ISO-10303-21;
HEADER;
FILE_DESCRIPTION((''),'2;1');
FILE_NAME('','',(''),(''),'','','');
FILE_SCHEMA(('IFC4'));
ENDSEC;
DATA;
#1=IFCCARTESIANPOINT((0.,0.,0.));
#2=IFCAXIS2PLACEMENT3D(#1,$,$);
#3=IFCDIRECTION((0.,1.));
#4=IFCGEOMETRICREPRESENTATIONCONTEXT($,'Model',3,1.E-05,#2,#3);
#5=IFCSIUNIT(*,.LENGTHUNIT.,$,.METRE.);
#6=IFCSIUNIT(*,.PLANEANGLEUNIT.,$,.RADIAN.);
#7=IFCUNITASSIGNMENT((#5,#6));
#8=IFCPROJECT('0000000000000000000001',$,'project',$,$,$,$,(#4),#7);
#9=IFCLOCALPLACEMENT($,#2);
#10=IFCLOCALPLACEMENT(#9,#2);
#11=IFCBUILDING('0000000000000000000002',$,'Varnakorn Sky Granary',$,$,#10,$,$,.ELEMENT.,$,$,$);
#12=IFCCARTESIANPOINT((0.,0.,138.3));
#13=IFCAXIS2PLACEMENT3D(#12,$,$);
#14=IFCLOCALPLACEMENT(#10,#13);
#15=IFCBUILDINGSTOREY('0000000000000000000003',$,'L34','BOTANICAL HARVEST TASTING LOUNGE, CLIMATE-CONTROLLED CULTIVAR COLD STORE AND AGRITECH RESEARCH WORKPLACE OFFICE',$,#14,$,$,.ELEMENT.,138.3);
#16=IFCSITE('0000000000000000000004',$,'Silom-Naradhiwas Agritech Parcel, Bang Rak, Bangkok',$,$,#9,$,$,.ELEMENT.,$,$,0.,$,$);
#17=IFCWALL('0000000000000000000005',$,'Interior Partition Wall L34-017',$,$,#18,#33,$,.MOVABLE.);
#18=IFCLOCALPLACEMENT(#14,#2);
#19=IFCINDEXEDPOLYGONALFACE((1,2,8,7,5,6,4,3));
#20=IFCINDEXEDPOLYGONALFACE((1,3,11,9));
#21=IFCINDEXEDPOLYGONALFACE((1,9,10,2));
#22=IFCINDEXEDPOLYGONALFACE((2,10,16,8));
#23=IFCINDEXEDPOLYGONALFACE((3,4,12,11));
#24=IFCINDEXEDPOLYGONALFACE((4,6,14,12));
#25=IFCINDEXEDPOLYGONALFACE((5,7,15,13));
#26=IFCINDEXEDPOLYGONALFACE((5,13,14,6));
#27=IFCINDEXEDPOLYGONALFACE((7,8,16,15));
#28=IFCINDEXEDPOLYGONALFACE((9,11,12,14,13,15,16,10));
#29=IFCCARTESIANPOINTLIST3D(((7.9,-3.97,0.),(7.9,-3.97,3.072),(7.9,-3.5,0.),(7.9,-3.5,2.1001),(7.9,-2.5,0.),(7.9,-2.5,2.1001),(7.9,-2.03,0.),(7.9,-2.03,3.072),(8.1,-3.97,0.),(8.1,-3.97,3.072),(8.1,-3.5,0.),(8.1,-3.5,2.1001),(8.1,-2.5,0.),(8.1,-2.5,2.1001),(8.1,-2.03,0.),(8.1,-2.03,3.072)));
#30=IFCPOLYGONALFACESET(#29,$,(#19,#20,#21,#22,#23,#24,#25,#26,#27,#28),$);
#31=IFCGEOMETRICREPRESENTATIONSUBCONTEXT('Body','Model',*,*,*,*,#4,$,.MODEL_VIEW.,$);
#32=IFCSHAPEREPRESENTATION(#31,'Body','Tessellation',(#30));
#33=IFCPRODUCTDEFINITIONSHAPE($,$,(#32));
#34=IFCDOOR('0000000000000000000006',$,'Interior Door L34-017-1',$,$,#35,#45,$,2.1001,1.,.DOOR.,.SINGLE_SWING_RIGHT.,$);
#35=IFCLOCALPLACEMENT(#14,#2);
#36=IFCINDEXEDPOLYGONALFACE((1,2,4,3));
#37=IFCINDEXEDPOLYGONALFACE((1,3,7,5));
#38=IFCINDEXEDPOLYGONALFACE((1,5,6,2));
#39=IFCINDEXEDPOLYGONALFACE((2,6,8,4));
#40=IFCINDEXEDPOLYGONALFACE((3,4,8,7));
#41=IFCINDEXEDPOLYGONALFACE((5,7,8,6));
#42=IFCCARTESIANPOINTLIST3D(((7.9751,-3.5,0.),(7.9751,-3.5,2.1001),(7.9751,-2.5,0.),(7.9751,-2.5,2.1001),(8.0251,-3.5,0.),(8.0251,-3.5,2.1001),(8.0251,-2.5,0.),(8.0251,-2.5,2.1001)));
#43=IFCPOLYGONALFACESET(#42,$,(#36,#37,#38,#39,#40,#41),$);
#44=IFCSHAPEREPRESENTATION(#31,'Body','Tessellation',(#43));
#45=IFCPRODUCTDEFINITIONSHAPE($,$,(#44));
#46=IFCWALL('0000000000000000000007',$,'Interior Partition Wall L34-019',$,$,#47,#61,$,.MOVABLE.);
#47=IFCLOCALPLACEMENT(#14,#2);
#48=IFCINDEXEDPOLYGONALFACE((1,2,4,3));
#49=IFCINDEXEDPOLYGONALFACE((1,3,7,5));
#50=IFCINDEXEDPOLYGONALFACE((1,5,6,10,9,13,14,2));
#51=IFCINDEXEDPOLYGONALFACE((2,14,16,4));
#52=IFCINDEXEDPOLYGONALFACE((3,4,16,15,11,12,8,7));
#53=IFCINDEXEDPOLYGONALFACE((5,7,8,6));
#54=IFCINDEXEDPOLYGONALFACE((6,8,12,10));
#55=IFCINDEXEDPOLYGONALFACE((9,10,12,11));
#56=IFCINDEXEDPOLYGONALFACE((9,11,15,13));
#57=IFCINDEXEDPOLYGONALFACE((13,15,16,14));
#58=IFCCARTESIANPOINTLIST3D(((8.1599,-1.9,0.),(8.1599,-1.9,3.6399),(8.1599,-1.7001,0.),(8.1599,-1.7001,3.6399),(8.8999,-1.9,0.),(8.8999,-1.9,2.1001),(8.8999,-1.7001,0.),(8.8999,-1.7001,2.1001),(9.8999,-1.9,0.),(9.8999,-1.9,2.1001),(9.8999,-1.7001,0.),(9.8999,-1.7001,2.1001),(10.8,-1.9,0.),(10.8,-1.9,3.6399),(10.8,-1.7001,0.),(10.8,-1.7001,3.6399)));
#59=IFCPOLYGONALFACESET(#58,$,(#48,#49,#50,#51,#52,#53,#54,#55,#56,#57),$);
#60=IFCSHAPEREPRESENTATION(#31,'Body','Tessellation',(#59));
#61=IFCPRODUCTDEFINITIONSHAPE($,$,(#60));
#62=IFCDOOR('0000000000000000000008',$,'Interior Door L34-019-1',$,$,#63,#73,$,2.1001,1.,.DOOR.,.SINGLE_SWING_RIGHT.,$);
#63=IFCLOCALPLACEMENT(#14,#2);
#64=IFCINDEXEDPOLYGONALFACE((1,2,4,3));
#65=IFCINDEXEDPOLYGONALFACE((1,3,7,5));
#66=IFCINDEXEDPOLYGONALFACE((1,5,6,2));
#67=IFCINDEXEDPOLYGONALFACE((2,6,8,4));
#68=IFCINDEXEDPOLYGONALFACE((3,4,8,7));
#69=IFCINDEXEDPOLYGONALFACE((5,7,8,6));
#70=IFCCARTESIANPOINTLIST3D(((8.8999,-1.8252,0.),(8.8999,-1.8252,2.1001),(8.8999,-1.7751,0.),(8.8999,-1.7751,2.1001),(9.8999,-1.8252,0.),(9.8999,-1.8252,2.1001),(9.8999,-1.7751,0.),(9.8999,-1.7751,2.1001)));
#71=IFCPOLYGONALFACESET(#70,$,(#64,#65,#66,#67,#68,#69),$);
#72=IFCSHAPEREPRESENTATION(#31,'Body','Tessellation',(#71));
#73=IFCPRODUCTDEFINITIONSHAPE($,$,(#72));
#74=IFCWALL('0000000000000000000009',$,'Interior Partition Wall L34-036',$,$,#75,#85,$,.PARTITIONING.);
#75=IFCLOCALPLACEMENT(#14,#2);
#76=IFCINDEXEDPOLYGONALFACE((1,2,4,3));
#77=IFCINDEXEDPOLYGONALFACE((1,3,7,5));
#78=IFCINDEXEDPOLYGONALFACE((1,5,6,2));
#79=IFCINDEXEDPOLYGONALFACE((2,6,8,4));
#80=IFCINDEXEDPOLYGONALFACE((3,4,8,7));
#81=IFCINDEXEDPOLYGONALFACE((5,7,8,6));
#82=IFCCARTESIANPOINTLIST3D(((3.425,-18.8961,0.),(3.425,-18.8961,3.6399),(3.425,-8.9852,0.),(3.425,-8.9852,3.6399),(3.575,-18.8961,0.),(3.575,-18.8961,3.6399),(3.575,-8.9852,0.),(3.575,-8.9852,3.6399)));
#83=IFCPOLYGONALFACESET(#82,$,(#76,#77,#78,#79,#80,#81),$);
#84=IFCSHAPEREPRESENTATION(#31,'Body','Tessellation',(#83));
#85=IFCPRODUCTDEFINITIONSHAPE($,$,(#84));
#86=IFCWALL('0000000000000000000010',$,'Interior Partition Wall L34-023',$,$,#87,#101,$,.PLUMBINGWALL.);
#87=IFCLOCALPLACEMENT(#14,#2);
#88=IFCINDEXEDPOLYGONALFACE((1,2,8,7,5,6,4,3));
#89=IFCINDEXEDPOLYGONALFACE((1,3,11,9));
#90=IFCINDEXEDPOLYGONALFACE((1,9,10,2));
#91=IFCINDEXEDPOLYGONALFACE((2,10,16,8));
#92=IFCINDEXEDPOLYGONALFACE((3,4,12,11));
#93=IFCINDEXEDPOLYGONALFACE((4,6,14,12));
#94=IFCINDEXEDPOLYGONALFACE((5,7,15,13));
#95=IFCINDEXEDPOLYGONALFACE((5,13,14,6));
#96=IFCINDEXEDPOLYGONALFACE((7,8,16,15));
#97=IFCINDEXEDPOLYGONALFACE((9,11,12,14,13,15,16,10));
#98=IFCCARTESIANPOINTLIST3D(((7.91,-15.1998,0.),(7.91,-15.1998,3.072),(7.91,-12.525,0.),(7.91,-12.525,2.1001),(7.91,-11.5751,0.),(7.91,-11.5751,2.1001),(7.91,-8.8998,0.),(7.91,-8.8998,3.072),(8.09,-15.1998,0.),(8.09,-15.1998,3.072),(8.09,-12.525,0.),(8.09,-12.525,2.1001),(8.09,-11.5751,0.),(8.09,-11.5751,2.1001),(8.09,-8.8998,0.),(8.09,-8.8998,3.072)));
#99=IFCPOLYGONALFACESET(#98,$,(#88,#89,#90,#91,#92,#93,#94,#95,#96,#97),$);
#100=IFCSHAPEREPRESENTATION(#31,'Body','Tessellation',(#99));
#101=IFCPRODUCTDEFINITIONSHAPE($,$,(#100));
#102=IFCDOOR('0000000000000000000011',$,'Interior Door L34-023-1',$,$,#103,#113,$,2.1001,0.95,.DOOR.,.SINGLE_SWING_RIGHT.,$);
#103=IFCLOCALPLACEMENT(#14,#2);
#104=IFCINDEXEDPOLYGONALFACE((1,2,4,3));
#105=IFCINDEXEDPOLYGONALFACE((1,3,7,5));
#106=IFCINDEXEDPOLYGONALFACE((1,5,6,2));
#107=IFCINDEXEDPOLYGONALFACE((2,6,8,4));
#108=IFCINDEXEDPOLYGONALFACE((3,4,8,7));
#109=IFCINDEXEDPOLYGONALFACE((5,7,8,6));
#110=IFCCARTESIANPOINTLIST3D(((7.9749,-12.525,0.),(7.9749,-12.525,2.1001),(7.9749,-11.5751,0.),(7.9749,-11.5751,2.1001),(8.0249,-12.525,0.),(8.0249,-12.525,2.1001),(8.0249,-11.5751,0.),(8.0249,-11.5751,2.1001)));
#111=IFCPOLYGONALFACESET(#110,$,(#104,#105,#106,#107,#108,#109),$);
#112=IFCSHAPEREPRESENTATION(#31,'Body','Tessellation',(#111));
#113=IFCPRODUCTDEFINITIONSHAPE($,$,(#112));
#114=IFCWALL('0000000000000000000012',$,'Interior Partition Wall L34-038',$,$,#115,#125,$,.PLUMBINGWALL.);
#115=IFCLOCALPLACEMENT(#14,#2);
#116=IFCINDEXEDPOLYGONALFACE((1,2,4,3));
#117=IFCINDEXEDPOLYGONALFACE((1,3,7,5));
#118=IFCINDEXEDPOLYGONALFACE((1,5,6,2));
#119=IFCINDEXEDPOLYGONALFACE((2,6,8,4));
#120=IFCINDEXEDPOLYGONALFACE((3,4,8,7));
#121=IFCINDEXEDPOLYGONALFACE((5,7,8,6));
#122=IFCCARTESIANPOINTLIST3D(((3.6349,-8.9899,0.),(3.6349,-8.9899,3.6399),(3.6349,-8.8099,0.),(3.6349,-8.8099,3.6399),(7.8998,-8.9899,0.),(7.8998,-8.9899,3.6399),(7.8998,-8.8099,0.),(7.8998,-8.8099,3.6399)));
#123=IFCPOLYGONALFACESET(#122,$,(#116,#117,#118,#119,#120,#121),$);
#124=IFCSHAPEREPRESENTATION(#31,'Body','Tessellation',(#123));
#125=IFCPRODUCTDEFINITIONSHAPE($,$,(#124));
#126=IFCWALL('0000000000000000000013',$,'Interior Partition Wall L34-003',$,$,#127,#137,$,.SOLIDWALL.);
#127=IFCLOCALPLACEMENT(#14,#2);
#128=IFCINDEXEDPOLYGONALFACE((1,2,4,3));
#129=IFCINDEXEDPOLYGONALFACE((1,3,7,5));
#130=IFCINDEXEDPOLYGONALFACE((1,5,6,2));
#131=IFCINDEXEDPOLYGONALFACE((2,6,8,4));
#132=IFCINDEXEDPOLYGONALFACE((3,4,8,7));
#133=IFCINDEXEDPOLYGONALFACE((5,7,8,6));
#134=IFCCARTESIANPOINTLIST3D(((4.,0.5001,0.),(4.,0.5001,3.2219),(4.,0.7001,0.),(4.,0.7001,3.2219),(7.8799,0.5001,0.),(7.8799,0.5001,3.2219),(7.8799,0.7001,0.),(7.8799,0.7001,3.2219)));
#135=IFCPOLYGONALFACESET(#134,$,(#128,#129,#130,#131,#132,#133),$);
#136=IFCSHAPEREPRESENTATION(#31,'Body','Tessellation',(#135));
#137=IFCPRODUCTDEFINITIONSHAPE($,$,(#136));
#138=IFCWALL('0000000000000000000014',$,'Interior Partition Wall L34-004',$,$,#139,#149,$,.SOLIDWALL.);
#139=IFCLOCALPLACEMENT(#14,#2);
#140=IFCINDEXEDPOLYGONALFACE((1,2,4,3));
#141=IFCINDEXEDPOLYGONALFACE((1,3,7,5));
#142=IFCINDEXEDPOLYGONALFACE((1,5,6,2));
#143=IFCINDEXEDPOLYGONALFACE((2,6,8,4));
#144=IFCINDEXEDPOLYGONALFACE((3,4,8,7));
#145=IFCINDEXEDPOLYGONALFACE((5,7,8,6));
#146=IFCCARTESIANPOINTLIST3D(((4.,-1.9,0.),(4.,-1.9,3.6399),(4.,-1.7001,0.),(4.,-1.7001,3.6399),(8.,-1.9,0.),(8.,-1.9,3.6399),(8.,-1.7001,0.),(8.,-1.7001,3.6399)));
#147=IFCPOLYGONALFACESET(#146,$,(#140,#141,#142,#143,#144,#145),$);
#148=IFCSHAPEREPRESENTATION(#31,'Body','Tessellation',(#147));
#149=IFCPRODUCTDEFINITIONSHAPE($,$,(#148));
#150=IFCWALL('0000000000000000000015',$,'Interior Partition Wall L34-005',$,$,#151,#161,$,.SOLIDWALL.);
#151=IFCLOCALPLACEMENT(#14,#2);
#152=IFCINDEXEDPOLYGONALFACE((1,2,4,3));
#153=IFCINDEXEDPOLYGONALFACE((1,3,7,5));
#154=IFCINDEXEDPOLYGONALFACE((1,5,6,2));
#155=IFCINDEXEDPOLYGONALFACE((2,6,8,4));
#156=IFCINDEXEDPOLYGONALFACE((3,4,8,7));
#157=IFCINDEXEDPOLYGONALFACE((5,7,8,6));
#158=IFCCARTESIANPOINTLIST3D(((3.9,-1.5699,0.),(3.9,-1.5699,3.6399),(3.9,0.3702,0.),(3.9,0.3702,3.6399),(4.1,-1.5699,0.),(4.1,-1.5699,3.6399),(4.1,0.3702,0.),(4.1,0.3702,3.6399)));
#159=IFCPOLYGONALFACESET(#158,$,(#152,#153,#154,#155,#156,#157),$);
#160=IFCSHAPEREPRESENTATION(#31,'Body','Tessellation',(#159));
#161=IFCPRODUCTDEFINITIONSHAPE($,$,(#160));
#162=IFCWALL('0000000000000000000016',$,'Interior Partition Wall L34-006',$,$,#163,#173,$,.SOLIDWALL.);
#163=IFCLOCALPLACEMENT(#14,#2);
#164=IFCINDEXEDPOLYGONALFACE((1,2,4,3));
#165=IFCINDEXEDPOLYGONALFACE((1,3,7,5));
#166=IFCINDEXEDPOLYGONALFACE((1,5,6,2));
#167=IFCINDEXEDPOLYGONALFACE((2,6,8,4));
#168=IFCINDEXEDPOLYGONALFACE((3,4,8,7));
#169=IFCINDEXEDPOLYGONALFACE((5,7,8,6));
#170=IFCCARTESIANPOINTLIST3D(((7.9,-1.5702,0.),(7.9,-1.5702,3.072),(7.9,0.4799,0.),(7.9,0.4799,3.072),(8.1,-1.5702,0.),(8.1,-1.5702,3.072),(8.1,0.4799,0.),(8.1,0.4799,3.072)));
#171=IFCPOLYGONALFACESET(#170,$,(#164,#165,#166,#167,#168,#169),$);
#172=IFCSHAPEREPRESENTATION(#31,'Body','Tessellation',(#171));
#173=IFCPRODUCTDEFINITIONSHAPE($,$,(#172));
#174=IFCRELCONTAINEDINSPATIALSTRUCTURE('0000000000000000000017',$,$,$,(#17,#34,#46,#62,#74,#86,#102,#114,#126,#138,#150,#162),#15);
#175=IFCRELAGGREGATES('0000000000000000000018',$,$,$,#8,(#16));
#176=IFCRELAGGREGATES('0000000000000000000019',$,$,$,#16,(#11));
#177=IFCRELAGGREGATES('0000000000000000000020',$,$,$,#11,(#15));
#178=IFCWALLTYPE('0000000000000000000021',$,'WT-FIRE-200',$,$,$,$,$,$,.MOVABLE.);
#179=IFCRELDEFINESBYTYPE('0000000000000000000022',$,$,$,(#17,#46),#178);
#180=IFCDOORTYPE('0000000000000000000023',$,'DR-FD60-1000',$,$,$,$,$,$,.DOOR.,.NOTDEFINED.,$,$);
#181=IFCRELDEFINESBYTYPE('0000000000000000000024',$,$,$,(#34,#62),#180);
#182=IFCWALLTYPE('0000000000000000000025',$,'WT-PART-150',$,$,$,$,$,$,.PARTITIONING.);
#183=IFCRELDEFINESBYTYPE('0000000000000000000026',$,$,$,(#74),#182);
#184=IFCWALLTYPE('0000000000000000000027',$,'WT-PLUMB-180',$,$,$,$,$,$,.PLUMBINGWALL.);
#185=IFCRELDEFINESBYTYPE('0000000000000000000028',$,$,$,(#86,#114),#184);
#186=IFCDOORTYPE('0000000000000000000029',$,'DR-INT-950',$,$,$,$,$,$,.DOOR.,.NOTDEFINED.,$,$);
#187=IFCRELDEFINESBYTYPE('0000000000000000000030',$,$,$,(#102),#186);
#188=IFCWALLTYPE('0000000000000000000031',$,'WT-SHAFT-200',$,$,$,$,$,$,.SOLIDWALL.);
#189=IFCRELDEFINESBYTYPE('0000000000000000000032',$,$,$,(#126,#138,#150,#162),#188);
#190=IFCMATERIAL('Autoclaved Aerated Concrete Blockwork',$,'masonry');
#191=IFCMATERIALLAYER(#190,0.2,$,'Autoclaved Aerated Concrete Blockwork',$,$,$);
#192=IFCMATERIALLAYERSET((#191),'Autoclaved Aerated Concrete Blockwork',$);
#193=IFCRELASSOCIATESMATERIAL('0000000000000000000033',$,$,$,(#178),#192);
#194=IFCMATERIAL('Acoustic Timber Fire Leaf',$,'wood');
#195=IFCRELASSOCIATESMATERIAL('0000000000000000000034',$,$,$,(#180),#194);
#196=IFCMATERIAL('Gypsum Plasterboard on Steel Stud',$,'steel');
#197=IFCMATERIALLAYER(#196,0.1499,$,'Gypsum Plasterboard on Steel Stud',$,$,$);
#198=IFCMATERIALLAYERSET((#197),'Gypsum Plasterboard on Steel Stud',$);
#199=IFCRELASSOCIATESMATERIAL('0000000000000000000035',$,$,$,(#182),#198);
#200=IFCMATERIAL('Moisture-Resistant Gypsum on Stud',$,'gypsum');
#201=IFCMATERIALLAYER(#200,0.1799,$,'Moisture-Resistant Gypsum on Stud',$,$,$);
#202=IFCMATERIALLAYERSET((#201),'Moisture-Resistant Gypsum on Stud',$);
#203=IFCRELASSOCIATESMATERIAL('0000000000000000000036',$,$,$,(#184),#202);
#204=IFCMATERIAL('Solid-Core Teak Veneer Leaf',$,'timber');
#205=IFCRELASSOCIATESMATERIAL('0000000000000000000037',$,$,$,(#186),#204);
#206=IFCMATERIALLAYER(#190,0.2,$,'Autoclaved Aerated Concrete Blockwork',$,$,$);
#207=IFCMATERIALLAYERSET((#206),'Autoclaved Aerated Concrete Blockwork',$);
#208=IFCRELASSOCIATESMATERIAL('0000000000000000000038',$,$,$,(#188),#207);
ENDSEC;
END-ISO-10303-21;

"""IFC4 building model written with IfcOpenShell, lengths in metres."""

from ifc_helpers import new_model, si_unit, direction, frame, frame_2d, origin, place, context, subcontext, project, spatial, rectangle, extrude, material, layer, layer_set, type_object, element, fill, save


model = new_model("IFC4")

# Units and contexts
model_context = context("Model", 3, precision=1e-05, world=origin(), true_north=direction((0.0, 1.0)))
body_context = subcontext(model_context, "Body", "Model", "MODEL_VIEW")
ifc_project = project(units=[si_unit("LENGTHUNIT", "METRE"), si_unit("PLANEANGLEUNIT", "RADIAN")], contexts=[model_context])

# Site, building, storey
site_placement = place(None, origin())
site = spatial("IfcSite", under=ifc_project, at=site_placement, Name="Silom-Naradhiwas Agritech Parcel, Bang Rak, Bangkok", CompositionType="ELEMENT", RefElevation=0.0)
building_placement = place(site_placement, origin())
building = spatial("IfcBuilding", under=site, at=building_placement, Name="Varnakorn Sky Granary", CompositionType="ELEMENT")
storey_placement = place(building_placement, frame((0.0, 0.0, 138.3)))
storey = spatial("IfcBuildingStorey", under=building, at=storey_placement, Name="L34", Description="BOTANICAL HARVEST TASTING LOUNGE, CLIMATE-CONTROLLED CULTIVAR COLD STORE AND AGRITECH RESEARCH WORKPLACE OFFICE", CompositionType="ELEMENT", Elevation=138.3)

# Walls, openings, doors
ifc_material_1 = material(Name="Autoclaved Aerated Concrete Blockwork", Category="masonry")
ifc_layer_1 = layer(ifc_material_1, 0.2, Name="Autoclaved Aerated Concrete Blockwork")
ifc_layer_set_1 = layer_set([ifc_layer_1], Name="Autoclaved Aerated Concrete Blockwork")
wall_type_1 = type_object("IfcWallType", Name="WT-FIRE-200", PredefinedType="MOVABLE", material=ifc_layer_set_1)
ifc_material_2 = material(Name="Acoustic Timber Fire Leaf", Category="wood")
door_type_1 = type_object("IfcDoorType", Name="DR-FD60-1000", OperationType="NOTDEFINED", PredefinedType="DOOR", material=ifc_material_2)
wall_1_placement = place(storey_placement, frame((8.0, -3.97, 0.0), z_axis=(0.0, 0.0, 1.0), x_axis=(0.0, 1.0, 0.0)))
wall_1 = element("IfcWall", 1, at=wall_1_placement, inside=storey, type_object=wall_type_1, Name="Interior Partition Wall L34-017", PredefinedType="MOVABLE", context=body_context, shape_type="SweptSolid", body=[
    extrude(rectangle(XDim=1.9399, YDim=0.2, at=frame_2d((0.97, 0.0))), origin(), (0.0, 0.0, 1.0), 3.072),
])
opening_1_placement = place(wall_1_placement, frame((0.47, 0.0, 0.0)))
opening_1 = element("IfcOpeningElement", 2, at=opening_1_placement, cuts=wall_1, PredefinedType="OPENING", context=body_context, shape_type="SweptSolid", body=[
    extrude(rectangle(XDim=1.0, YDim=2.1001, at=frame_2d((0.5, 1.05))), frame((0.0, 0.1099, 0.0), z_axis=(0.0, -1.0, 0.0), x_axis=(1.0, 0.0, 0.0)), (0.0, 0.0, 1.0), 0.22),
])
door_1_placement = place(opening_1_placement, origin())
door_1 = element("IfcDoor", 3, at=door_1_placement, inside=storey, type_object=door_type_1, Name="Interior Door L34-017-1", OperationType="SINGLE_SWING_RIGHT", OverallHeight=2.1001, OverallWidth=1.0, PredefinedType="DOOR", context=body_context, shape_type="SweptSolid", body=[
    extrude(rectangle(XDim=1.0, YDim=2.1001, at=frame_2d((0.5, 1.05))), frame((0.0, 0.0249, 0.0), z_axis=(0.0, -1.0, 0.0), x_axis=(1.0, 0.0, 0.0)), (0.0, 0.0, 1.0), 0.05),
])
fill(opening_1, door_1)
wall_2_placement = place(storey_placement, frame((8.1599, -1.8, 0.0), z_axis=(0.0, 0.0, 1.0), x_axis=(1.0, 0.0, 0.0)))
wall_2 = element("IfcWall", 4, at=wall_2_placement, inside=storey, type_object=wall_type_1, Name="Interior Partition Wall L34-019", PredefinedType="MOVABLE", context=body_context, shape_type="SweptSolid", body=[
    extrude(rectangle(XDim=2.6401, YDim=0.2, at=frame_2d((1.3201, 0.0))), origin(), (0.0, 0.0, 1.0), 3.6399),
])
opening_2_placement = place(wall_2_placement, frame((0.74, 0.0, 0.0)))
opening_2 = element("IfcOpeningElement", 5, at=opening_2_placement, cuts=wall_2, PredefinedType="OPENING", context=body_context, shape_type="SweptSolid", body=[
    extrude(rectangle(XDim=1.0, YDim=2.1001, at=frame_2d((0.5, 1.05))), frame((0.0, 0.1099, 0.0), z_axis=(0.0, -1.0, 0.0), x_axis=(1.0, 0.0, 0.0)), (0.0, 0.0, 1.0), 0.22),
])
door_2_placement = place(opening_2_placement, origin())
door_2 = element("IfcDoor", 6, at=door_2_placement, inside=storey, type_object=door_type_1, Name="Interior Door L34-019-1", OperationType="SINGLE_SWING_RIGHT", OverallHeight=2.1001, OverallWidth=1.0, PredefinedType="DOOR", context=body_context, shape_type="SweptSolid", body=[
    extrude(rectangle(XDim=1.0, YDim=2.1001, at=frame_2d((0.5, 1.05))), frame((0.0, 0.0249, 0.0), z_axis=(0.0, -1.0, 0.0), x_axis=(1.0, 0.0, 0.0)), (0.0, 0.0, 1.0), 0.05),
])
fill(opening_2, door_2)

# Wall
ifc_material_3 = material(Name="Gypsum Plasterboard on Steel Stud", Category="steel")
ifc_layer_2 = layer(ifc_material_3, 0.1499, Name="Gypsum Plasterboard on Steel Stud")
ifc_layer_set_2 = layer_set([ifc_layer_2], Name="Gypsum Plasterboard on Steel Stud")
wall_type_2 = type_object("IfcWallType", Name="WT-PART-150", PredefinedType="PARTITIONING", material=ifc_layer_set_2)
wall_3_placement = place(storey_placement, frame((3.5, -8.9851, 0.0), z_axis=(0.0, 0.0, 1.0), x_axis=(0.0, -1.0, 0.0)))
element("IfcWall", 7, at=wall_3_placement, inside=storey, type_object=wall_type_2, Name="Interior Partition Wall L34-036", PredefinedType="PARTITIONING", context=body_context, shape_type="SweptSolid", body=[
    extrude(rectangle(XDim=9.9109, YDim=0.1499, at=frame_2d((4.9556, 0.0))), origin(), (0.0, 0.0, 1.0), 3.6399),
])

# Wall, opening, door
ifc_material_4 = material(Name="Moisture-Resistant Gypsum on Stud", Category="gypsum")
ifc_layer_3 = layer(ifc_material_4, 0.1799, Name="Moisture-Resistant Gypsum on Stud")
ifc_layer_set_3 = layer_set([ifc_layer_3], Name="Moisture-Resistant Gypsum on Stud")
wall_type_3 = type_object("IfcWallType", Name="WT-PLUMB-180", PredefinedType="PLUMBINGWALL", material=ifc_layer_set_3)
wall_4_placement = place(storey_placement, frame((8.0, -8.8999, 0.0), z_axis=(0.0, 0.0, 1.0), x_axis=(0.0, -1.0, 0.0)))
wall_4 = element("IfcWall", 8, at=wall_4_placement, inside=storey, type_object=wall_type_3, Name="Interior Partition Wall L34-023", PredefinedType="PLUMBINGWALL", context=body_context, shape_type="SweptSolid", body=[
    extrude(rectangle(XDim=6.3, YDim=0.1799, at=frame_2d((3.1499, 0.0))), origin(), (0.0, 0.0, 1.0), 3.072),
])
opening_3_placement = place(wall_4_placement, frame((2.675, 0.0, 0.0)))
opening_3 = element("IfcOpeningElement", 9, at=opening_3_placement, cuts=wall_4, PredefinedType="OPENING", context=body_context, shape_type="SweptSolid", body=[
    extrude(rectangle(XDim=0.95, YDim=2.1001, at=frame_2d((0.4751, 1.05))), frame((0.0, 0.1001, 0.0), z_axis=(0.0, -1.0, 0.0), x_axis=(1.0, 0.0, 0.0)), (0.0, 0.0, 1.0), 0.2),
])
ifc_material_5 = material(Name="Solid-Core Teak Veneer Leaf", Category="timber")
door_type_2 = type_object("IfcDoorType", Name="DR-INT-950", OperationType="NOTDEFINED", PredefinedType="DOOR", material=ifc_material_5)
door_3_placement = place(opening_3_placement, origin())
door_3 = element("IfcDoor", 10, at=door_3_placement, inside=storey, type_object=door_type_2, Name="Interior Door L34-023-1", OperationType="SINGLE_SWING_RIGHT", OverallHeight=2.1001, OverallWidth=0.95, PredefinedType="DOOR", context=body_context, shape_type="SweptSolid", body=[
    extrude(rectangle(XDim=0.95, YDim=2.1001, at=frame_2d((0.4751, 1.05))), frame((0.0, 0.0249, 0.0), z_axis=(0.0, -1.0, 0.0), x_axis=(1.0, 0.0, 0.0)), (0.0, 0.0, 1.0), 0.05),
])
fill(opening_3, door_3)

# Walls
wall_5_placement = place(storey_placement, frame((3.635, -8.8999, 0.0), z_axis=(0.0, 0.0, 1.0), x_axis=(1.0, 0.0, 0.0)))
element("IfcWall", 11, at=wall_5_placement, inside=storey, type_object=wall_type_3, Name="Interior Partition Wall L34-038", PredefinedType="PLUMBINGWALL", context=body_context, shape_type="SweptSolid", body=[
    extrude(rectangle(XDim=4.2649, YDim=0.1799, at=frame_2d((2.1323, 0.0))), origin(), (0.0, 0.0, 1.0), 3.6399),
])
ifc_layer_4 = layer(ifc_material_1, 0.2, Name="Autoclaved Aerated Concrete Blockwork")
ifc_layer_set_4 = layer_set([ifc_layer_4], Name="Autoclaved Aerated Concrete Blockwork")
wall_type_4 = type_object("IfcWallType", Name="WT-SHAFT-200", PredefinedType="SOLIDWALL", material=ifc_layer_set_4)
wall_6_placement = place(storey_placement, frame((4.0, 0.6001, 0.0), z_axis=(0.0, 0.0, 1.0), x_axis=(1.0, 0.0, 0.0)))
element("IfcWall", 12, at=wall_6_placement, inside=storey, type_object=wall_type_4, Name="Interior Partition Wall L34-003", PredefinedType="SOLIDWALL", context=body_context, shape_type="SweptSolid", body=[
    extrude(rectangle(XDim=3.8799, YDim=0.2, at=frame_2d((1.9399, 0.0))), origin(), (0.0, 0.0, 1.0), 3.2219),
])
wall_7_placement = place(storey_placement, frame((4.0, -1.8, 0.0), z_axis=(0.0, 0.0, 1.0), x_axis=(1.0, 0.0, 0.0)))
element("IfcWall", 13, at=wall_7_placement, inside=storey, type_object=wall_type_4, Name="Interior Partition Wall L34-004", PredefinedType="SOLIDWALL", context=body_context, shape_type="SweptSolid", body=[
    extrude(rectangle(XDim=4.0, YDim=0.2, at=frame_2d((2.0, 0.0))), origin(), (0.0, 0.0, 1.0), 3.6399),
])
wall_8_placement = place(storey_placement, frame((4.0, -1.5701, 0.0), z_axis=(0.0, 0.0, 1.0), x_axis=(0.0, 1.0, 0.0)))
element("IfcWall", 14, at=wall_8_placement, inside=storey, type_object=wall_type_4, Name="Interior Partition Wall L34-005", PredefinedType="SOLIDWALL", context=body_context, shape_type="SweptSolid", body=[
    extrude(rectangle(XDim=1.9402, YDim=0.2, at=frame_2d((0.9702, 0.0))), origin(), (0.0, 0.0, 1.0), 3.6399),
])
wall_9_placement = place(storey_placement, frame((8.0, -1.5701, 0.0), z_axis=(0.0, 0.0, 1.0), x_axis=(0.0, 1.0, 0.0)))
element("IfcWall", 15, at=wall_9_placement, inside=storey, type_object=wall_type_4, Name="Interior Partition Wall L34-006", PredefinedType="SOLIDWALL", context=body_context, shape_type="SweptSolid", body=[
    extrude(rectangle(XDim=2.05, YDim=0.2, at=frame_2d((1.0249, 0.0))), origin(), (0.0, 0.0, 1.0), 3.072),
])

save(model, "model.ifc")
